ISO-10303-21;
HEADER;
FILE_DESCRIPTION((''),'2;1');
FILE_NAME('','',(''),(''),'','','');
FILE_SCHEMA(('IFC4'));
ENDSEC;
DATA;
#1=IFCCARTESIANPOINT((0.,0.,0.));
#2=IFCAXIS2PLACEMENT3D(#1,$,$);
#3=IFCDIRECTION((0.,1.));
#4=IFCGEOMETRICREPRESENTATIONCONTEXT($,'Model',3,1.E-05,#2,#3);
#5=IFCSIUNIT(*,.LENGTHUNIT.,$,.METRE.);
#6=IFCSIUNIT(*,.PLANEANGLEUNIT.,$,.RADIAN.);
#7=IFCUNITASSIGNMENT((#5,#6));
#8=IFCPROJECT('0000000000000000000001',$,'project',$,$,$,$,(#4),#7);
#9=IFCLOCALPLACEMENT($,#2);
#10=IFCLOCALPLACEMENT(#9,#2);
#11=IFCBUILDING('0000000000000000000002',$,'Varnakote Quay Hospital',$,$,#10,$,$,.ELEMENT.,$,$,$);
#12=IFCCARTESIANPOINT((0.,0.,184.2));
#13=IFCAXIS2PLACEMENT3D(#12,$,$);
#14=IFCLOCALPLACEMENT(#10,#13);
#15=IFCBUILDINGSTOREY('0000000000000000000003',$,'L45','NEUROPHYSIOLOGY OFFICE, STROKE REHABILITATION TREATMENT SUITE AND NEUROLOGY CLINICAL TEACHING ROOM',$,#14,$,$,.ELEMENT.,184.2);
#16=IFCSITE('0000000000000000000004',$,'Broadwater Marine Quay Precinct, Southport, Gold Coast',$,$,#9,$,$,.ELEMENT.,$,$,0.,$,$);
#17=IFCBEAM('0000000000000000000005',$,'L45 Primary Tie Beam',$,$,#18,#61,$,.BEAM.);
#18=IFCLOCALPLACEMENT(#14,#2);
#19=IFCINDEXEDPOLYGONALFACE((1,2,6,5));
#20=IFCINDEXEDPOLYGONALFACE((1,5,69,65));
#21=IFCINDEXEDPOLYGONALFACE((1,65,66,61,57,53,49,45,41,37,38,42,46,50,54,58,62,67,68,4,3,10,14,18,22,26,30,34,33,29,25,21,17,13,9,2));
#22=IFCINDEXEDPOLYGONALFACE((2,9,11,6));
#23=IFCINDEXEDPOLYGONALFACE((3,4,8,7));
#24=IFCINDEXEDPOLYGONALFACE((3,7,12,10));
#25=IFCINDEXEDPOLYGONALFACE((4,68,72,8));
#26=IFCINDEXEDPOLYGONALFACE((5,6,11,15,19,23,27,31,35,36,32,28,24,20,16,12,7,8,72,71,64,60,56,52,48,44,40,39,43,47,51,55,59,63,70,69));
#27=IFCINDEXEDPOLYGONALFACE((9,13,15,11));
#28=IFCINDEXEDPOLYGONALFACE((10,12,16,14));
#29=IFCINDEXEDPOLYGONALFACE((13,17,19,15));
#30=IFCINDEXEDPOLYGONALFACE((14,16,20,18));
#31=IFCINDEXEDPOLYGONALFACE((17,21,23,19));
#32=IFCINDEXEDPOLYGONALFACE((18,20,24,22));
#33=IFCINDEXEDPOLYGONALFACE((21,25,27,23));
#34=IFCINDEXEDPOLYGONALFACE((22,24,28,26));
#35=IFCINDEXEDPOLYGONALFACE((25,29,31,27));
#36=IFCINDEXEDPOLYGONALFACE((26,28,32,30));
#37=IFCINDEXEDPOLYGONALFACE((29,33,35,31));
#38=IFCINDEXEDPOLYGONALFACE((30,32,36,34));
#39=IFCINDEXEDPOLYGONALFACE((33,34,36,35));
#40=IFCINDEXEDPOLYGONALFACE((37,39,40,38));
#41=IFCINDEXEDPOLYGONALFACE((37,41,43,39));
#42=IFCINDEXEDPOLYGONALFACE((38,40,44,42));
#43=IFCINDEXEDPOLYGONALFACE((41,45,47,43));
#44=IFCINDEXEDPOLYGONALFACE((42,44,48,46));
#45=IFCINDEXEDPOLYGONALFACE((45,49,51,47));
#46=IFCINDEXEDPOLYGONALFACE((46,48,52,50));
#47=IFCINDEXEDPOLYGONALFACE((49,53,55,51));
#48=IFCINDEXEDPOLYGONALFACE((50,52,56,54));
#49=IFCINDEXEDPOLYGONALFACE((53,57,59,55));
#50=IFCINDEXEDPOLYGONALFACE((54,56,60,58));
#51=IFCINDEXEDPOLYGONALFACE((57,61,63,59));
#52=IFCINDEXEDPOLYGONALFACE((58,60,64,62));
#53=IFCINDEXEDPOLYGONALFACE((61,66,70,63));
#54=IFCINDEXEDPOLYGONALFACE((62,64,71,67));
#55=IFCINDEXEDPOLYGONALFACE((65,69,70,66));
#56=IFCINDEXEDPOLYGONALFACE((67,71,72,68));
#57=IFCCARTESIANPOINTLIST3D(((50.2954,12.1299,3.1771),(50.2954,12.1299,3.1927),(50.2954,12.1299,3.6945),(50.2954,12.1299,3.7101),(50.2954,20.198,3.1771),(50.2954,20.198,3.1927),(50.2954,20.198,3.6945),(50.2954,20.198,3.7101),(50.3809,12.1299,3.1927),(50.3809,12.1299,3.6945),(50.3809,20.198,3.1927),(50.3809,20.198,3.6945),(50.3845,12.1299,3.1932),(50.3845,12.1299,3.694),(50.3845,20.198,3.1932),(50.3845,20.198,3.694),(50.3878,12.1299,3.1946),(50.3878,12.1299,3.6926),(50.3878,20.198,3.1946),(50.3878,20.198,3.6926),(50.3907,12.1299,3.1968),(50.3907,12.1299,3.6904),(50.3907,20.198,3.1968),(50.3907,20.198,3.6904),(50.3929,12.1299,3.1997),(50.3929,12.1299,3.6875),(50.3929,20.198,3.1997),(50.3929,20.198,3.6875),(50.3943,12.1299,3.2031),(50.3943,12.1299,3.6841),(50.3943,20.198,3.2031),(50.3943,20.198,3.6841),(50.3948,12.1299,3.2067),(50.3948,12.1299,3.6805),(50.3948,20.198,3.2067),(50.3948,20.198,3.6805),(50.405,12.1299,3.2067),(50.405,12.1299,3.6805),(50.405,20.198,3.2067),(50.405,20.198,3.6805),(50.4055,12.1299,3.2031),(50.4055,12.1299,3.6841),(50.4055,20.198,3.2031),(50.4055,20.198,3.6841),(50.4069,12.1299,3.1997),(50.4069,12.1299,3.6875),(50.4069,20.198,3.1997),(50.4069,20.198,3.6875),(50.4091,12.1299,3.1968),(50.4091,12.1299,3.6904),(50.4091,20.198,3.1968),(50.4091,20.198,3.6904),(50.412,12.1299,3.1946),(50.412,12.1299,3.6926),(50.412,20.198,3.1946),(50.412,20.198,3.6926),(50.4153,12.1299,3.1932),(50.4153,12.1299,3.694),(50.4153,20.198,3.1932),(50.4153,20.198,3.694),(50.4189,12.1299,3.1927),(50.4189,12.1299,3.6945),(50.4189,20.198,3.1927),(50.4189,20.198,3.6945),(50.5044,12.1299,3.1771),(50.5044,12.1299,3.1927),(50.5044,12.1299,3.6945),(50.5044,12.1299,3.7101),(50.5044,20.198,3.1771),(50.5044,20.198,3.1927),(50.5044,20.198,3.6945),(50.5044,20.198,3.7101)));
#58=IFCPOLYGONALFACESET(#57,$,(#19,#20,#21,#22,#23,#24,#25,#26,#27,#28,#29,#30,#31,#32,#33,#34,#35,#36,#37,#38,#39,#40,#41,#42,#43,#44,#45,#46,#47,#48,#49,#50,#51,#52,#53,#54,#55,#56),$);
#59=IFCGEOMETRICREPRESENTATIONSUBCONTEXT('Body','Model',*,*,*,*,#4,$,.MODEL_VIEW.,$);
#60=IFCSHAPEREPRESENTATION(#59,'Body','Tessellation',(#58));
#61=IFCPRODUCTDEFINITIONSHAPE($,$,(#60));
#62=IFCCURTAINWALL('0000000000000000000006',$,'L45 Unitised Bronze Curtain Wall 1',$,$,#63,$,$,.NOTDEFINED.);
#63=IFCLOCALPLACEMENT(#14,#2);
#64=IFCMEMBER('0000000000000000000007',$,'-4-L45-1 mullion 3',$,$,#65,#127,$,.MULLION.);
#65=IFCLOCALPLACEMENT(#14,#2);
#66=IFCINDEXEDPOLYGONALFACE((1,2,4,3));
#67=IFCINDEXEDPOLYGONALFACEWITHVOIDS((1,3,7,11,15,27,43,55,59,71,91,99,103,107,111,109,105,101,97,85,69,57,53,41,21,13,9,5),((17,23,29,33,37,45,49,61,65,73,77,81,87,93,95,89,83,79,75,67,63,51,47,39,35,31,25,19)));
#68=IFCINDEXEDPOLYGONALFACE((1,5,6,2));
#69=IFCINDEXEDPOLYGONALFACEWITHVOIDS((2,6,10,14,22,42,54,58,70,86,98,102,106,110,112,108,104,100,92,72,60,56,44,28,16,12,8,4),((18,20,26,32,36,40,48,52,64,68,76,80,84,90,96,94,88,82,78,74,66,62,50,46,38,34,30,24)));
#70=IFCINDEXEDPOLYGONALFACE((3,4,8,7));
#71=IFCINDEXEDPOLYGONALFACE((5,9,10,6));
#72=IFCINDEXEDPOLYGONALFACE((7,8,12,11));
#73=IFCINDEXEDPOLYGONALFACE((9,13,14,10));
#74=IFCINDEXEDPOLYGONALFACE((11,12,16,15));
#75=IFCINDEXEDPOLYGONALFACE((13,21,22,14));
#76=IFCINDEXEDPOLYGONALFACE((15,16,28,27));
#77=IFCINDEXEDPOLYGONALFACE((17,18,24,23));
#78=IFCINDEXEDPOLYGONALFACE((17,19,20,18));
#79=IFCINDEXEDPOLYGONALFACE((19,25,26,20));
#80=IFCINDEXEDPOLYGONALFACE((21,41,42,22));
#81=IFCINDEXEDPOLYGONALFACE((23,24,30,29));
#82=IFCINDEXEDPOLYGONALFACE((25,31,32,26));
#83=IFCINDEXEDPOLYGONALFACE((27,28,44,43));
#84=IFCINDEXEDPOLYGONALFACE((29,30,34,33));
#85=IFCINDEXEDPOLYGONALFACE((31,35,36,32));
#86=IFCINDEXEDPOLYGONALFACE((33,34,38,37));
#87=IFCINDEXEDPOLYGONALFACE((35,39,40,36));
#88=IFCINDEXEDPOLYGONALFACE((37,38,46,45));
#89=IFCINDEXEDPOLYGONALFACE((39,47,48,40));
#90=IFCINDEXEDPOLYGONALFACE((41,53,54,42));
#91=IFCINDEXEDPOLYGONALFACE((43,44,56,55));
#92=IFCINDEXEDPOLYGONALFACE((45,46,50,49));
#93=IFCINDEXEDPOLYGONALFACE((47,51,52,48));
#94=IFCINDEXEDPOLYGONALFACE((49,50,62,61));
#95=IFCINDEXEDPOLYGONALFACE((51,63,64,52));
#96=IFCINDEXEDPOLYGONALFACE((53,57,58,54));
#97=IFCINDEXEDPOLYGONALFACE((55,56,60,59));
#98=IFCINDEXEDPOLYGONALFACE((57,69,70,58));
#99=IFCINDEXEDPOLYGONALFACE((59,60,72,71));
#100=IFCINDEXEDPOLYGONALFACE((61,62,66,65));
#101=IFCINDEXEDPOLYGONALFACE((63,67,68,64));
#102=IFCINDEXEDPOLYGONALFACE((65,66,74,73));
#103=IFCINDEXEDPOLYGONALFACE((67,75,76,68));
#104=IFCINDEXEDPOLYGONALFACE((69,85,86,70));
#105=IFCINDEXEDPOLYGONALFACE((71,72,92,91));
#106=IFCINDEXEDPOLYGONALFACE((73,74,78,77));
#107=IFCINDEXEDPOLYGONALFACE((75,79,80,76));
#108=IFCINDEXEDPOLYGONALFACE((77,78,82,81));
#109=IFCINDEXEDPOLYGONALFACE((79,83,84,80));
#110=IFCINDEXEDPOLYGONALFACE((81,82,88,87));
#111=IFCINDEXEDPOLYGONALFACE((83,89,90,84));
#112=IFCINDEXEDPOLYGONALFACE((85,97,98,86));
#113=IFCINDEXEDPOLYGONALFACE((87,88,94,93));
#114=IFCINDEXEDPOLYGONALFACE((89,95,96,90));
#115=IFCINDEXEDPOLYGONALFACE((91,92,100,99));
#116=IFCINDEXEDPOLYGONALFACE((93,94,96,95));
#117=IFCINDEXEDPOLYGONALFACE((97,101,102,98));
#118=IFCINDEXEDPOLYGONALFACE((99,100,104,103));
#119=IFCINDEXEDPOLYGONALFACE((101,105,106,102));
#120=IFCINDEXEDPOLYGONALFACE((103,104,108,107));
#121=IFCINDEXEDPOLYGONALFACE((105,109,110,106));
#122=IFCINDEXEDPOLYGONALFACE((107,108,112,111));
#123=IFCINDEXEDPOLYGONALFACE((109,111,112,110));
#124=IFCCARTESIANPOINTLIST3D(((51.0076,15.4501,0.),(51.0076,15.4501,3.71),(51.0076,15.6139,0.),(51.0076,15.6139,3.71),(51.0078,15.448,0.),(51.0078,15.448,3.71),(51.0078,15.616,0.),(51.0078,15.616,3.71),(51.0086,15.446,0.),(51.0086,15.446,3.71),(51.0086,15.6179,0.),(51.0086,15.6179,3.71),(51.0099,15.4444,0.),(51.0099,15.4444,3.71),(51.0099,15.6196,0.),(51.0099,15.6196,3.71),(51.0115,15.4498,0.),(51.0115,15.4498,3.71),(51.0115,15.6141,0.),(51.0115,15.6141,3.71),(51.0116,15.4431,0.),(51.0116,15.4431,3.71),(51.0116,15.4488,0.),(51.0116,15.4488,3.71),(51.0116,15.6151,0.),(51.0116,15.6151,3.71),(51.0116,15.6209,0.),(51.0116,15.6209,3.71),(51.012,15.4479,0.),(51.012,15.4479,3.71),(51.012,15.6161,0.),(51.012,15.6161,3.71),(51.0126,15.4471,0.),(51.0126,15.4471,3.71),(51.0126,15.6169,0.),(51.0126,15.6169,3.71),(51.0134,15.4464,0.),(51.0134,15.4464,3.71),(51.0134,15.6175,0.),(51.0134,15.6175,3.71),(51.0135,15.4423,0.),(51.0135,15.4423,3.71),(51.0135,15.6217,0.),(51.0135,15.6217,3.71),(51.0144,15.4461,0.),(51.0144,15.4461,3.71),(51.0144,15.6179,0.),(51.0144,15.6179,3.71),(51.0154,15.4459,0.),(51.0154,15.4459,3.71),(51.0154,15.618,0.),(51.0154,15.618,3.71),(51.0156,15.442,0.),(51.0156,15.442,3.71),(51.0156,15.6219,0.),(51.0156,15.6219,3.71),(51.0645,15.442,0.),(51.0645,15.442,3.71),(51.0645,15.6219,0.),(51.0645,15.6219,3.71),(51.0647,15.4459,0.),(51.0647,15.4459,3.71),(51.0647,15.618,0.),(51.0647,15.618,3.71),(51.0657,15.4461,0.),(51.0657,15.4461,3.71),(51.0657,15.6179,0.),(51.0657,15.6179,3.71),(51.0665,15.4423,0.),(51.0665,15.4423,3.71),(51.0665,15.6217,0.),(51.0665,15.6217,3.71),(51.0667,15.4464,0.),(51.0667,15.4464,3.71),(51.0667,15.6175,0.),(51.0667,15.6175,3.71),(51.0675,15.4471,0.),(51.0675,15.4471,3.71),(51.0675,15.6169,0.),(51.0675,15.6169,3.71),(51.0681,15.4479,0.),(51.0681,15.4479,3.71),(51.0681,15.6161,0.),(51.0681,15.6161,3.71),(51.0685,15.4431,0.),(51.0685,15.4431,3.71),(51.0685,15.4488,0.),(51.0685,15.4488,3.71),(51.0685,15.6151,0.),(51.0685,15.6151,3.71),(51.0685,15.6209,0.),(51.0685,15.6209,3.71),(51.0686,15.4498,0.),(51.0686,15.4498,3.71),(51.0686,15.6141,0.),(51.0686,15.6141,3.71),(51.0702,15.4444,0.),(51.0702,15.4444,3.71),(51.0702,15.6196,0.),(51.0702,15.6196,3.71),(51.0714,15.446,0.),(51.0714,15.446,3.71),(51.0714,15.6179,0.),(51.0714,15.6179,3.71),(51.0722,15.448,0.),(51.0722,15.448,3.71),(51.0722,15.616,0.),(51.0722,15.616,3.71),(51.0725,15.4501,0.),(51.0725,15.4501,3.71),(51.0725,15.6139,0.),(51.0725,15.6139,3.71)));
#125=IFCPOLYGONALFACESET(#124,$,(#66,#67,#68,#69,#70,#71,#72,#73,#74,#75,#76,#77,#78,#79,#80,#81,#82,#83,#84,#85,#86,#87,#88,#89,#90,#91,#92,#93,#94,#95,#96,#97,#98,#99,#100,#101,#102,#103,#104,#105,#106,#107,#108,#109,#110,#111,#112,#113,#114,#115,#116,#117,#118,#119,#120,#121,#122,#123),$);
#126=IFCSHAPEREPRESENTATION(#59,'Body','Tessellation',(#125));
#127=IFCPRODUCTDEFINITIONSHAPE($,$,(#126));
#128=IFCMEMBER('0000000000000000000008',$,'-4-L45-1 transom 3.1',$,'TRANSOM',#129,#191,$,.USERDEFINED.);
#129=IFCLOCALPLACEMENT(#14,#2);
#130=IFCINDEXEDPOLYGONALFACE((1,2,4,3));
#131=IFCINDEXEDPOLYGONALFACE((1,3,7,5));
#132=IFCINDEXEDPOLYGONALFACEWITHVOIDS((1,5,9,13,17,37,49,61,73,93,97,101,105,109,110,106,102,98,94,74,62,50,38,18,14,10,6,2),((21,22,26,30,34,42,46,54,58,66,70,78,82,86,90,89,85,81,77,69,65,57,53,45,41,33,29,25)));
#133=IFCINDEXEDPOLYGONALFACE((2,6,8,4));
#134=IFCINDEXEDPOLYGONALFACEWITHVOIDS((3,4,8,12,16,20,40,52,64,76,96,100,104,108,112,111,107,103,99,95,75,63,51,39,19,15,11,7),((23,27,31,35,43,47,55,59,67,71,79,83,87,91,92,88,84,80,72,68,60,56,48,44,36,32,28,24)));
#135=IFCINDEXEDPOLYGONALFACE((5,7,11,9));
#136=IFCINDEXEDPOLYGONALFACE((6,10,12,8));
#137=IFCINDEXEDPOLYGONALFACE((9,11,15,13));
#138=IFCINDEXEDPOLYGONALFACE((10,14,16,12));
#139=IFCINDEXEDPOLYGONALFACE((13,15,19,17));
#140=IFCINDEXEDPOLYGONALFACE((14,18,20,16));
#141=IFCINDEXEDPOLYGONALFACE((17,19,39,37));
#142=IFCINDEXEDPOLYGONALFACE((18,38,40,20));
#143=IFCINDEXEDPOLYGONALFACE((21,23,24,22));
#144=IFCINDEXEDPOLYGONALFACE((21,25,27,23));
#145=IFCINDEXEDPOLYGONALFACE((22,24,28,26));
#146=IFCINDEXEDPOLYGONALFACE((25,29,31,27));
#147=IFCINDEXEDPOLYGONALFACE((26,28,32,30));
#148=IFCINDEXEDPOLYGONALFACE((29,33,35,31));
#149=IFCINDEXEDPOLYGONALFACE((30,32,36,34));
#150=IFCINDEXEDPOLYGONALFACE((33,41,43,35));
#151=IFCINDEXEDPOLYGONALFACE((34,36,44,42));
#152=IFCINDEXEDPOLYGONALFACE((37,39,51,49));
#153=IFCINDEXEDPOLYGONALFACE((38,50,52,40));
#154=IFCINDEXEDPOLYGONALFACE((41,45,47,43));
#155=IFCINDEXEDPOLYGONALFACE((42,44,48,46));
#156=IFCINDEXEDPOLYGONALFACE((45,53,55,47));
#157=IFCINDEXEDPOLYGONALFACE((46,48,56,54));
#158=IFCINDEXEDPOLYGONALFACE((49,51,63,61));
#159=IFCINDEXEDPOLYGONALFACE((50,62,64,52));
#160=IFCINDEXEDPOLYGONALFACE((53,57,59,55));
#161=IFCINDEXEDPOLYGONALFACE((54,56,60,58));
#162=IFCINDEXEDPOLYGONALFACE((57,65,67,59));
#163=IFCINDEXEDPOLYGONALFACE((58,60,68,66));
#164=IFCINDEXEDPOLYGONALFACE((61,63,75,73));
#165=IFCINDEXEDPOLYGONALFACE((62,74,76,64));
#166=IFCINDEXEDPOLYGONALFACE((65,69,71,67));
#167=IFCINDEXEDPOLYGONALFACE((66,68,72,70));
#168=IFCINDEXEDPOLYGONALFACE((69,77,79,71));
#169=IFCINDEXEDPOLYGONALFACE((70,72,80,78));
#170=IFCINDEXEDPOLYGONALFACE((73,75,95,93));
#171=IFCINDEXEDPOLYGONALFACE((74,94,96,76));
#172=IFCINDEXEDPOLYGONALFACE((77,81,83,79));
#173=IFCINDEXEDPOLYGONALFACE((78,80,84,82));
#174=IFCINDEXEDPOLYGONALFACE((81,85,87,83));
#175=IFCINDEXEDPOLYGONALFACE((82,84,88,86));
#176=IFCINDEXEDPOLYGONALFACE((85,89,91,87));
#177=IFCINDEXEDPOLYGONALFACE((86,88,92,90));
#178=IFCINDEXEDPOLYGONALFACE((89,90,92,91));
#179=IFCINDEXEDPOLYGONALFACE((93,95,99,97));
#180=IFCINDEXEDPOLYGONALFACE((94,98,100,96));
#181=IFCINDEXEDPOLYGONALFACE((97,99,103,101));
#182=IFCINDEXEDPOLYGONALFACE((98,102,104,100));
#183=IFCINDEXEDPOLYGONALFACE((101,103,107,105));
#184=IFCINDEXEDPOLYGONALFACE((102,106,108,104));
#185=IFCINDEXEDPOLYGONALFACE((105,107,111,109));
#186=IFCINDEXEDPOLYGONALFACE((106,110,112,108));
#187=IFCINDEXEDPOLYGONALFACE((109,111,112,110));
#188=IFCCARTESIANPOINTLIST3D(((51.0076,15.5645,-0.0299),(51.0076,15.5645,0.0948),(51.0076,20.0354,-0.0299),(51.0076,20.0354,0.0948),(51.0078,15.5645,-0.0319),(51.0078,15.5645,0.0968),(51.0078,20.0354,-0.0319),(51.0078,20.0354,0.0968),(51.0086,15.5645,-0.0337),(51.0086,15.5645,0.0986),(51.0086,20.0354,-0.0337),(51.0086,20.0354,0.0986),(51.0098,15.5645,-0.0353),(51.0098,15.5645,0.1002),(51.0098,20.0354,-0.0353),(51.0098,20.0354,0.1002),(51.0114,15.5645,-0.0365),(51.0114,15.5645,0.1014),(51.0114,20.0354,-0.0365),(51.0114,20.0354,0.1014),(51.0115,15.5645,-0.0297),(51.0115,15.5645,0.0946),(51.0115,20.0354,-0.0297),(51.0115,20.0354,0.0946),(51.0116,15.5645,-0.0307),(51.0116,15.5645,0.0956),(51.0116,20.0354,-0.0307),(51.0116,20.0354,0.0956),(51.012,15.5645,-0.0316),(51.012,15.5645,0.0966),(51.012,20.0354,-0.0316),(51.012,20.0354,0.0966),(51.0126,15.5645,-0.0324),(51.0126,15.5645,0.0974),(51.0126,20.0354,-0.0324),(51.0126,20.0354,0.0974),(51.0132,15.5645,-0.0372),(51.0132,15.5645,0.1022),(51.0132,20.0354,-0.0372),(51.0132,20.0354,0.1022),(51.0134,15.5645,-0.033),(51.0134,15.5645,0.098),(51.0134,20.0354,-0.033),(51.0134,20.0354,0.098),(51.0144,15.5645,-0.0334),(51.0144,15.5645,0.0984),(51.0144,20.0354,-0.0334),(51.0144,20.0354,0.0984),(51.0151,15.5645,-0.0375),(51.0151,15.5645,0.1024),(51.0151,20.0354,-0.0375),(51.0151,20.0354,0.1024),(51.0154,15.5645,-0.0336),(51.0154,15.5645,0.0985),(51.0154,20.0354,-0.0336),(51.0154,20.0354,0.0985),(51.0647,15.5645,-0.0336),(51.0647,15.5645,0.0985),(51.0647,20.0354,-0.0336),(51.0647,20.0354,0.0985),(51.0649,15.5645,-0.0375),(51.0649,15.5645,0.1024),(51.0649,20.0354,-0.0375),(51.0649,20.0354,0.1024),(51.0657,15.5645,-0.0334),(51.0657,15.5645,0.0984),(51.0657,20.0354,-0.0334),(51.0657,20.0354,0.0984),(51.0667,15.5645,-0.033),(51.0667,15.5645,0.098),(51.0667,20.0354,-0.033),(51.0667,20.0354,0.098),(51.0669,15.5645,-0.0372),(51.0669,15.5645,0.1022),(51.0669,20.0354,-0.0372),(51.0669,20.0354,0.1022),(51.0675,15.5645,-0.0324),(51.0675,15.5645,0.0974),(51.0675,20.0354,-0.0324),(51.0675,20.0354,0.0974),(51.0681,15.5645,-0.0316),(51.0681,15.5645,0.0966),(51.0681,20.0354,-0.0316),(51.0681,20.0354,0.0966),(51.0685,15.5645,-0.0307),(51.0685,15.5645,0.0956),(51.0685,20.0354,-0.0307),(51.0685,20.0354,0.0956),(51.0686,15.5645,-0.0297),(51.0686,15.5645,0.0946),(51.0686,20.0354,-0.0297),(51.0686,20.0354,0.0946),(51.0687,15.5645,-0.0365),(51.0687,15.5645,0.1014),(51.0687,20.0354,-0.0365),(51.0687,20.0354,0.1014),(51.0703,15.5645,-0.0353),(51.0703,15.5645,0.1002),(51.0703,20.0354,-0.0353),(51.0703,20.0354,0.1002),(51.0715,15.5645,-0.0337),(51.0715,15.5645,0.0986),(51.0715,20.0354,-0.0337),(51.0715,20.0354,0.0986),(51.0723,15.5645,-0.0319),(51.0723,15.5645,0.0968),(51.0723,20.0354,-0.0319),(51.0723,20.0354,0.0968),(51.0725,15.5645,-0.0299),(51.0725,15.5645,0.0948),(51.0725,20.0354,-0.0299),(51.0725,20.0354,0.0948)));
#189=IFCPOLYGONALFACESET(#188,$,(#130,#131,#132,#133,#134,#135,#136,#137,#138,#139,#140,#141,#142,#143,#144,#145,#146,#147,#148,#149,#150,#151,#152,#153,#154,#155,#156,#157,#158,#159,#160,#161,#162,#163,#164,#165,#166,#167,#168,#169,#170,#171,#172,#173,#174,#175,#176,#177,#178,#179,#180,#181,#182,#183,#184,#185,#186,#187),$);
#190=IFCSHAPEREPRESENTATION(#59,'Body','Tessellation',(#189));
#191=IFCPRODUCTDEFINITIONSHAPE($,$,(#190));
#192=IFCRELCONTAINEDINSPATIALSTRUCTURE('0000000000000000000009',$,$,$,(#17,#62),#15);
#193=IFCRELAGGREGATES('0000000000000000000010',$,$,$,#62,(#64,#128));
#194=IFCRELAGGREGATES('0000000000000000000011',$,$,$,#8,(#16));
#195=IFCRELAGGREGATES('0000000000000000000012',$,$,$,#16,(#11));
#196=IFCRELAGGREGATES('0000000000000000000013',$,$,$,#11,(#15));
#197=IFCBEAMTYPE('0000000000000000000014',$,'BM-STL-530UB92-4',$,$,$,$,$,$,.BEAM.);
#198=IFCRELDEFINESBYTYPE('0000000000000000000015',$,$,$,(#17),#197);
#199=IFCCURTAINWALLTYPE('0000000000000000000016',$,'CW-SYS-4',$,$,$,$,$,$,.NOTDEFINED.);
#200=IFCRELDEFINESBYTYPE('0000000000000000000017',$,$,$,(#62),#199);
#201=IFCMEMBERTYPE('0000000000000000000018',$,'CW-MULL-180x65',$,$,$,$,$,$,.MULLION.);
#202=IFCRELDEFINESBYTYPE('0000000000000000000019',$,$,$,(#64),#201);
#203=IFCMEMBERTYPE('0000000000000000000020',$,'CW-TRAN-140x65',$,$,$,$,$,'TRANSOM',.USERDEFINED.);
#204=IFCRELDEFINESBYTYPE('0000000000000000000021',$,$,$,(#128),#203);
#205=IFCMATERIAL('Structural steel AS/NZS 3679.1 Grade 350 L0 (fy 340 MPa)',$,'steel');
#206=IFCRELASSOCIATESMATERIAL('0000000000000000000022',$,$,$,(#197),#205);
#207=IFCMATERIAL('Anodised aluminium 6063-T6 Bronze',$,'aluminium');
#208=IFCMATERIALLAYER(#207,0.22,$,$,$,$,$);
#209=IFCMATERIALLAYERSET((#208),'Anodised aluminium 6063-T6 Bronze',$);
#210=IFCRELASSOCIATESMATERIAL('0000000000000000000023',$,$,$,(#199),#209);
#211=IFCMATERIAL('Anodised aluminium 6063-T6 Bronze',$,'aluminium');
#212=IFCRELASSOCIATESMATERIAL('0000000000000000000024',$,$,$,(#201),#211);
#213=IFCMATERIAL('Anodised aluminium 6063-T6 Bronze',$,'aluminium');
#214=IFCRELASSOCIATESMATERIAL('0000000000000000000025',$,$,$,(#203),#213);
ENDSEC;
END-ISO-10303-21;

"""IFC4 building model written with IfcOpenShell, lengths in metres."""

from ifc_helpers import new_model, si_unit, direction, frame, origin, origin_2d, place, context, subcontext, project, spatial, hollow_rectangle, i_section, extrude, material, layer, layer_set, material_profile, profile_set, type_object, element, aggregate, save


model = new_model("IFC4")

# Units and contexts
model_context = context("Model", 3, precision=1e-05, world=origin(), true_north=direction((0.0, 1.0)))
body_context = subcontext(model_context, "Body", "Model", "MODEL_VIEW")
ifc_project = project(units=[si_unit("LENGTHUNIT", "METRE"), si_unit("PLANEANGLEUNIT", "RADIAN")], contexts=[model_context])

# Site, building, storey
site_placement = place(None, origin())
site = spatial("IfcSite", under=ifc_project, at=site_placement, Name="Broadwater Marine Quay Precinct, Southport, Gold Coast", CompositionType="ELEMENT", RefElevation=0.0)
building_placement = place(site_placement, origin())
building = spatial("IfcBuilding", under=site, at=building_placement, Name="Varnakote Quay Hospital", CompositionType="ELEMENT")
storey_placement = place(building_placement, frame((0.0, 0.0, 184.2)))
storey = spatial("IfcBuildingStorey", under=building, at=storey_placement, Name="L45", Description="NEUROPHYSIOLOGY OFFICE, STROKE REHABILITATION TREATMENT SUITE AND NEUROLOGY CLINICAL TEACHING ROOM", CompositionType="ELEMENT", Elevation=184.2)

# Beam
ifc_material_1 = material(Name="Structural steel AS/NZS 3679.1 Grade 350 L0 (fy 340 MPa)", Category="steel")
ifc_material_profile_1 = material_profile(ifc_material_1, i_section(OverallWidth=0.209, OverallDepth=0.533, WebThickness=0.0103, FlangeThickness=0.0156, FilletRadius=0.0139, at=origin_2d()), Name="530UB92.4")
ifc_profile_set_1 = profile_set([ifc_material_profile_1], Name="Structural steel AS/NZS 3679.1 Grade 350 L0 (fy 340 MPa)")
beam_type_1 = type_object("IfcBeamType", Name="BM-STL-530UB92-4", PredefinedType="BEAM", material=ifc_profile_set_1)
beam_1_placement = place(storey_placement, frame((50.3999, 12.1299, 3.4436), z_axis=(0.0, 1.0, 0.0), x_axis=(-1.0, 0.0, 0.0)))
element("IfcBeam", 1, at=beam_1_placement, inside=storey, type_object=beam_type_1, Name="L45 Primary Tie Beam", PredefinedType="BEAM", context=body_context, shape_type="SweptSolid", body=[
    extrude(i_section(OverallWidth=0.209, OverallDepth=0.533, WebThickness=0.0103, FlangeThickness=0.0156, FilletRadius=0.0139, at=origin_2d()), origin(), (0.0, 0.0, 1.0), 8.0681),
])

# Curtain wall, members
ifc_material_2 = material(Name="Anodised aluminium 6063-T6 Bronze", Category="aluminium")
ifc_layer_1 = layer(ifc_material_2, 0.22)
ifc_layer_set_1 = layer_set([ifc_layer_1], Name="Anodised aluminium 6063-T6 Bronze")
curtain_wall_type = type_object("IfcCurtainWallType", Name="CW-SYS-4", PredefinedType="NOTDEFINED", material=ifc_layer_set_1)
curtain_wall_placement = place(storey_placement, origin())
curtain_wall = element("IfcCurtainWall", 2, at=curtain_wall_placement, inside=storey, type_object=curtain_wall_type, Name="L45 Unitised Bronze Curtain Wall 1", PredefinedType="NOTDEFINED")
ifc_material_3 = material(Name="Anodised aluminium 6063-T6 Bronze", Category="aluminium")
ifc_material_profile_2 = material_profile(ifc_material_3, hollow_rectangle(XDim=0.0649, YDim=0.1799, WallThickness=0.0039, InnerFilletRadius=0.0039, OuterFilletRadius=0.0081, at=origin_2d()), Name="CW-MULL-180x65")
ifc_profile_set_2 = profile_set([ifc_material_profile_2], Name="Anodised aluminium 6063-T6 Bronze")
member_type_1 = type_object("IfcMemberType", Name="CW-MULL-180x65", PredefinedType="MULLION", material=ifc_profile_set_2)
member_1_placement = place(storey_placement, frame((51.04, 15.532, 0.0), z_axis=(0.0, 0.0, 1.0), x_axis=(-1.0, 0.0, 0.0)))
member_1 = element("IfcMember", 3, at=member_1_placement, type_object=member_type_1, Name="-4-L45-1 mullion 3", PredefinedType="MULLION", context=body_context, shape_type="SweptSolid", body=[
    extrude(hollow_rectangle(XDim=0.0649, YDim=0.1799, WallThickness=0.0039, InnerFilletRadius=0.0039, OuterFilletRadius=0.0081, at=origin_2d()), origin(), (0.0, 0.0, 1.0), 3.71),
])
ifc_material_4 = material(Name="Anodised aluminium 6063-T6 Bronze", Category="aluminium")
ifc_material_profile_3 = material_profile(ifc_material_4, hollow_rectangle(XDim=0.0649, YDim=0.1399, WallThickness=0.0039, InnerFilletRadius=0.0039, OuterFilletRadius=0.0076, at=origin_2d()), Name="CW-TRAN-140x65")
ifc_profile_set_3 = profile_set([ifc_material_profile_3], Name="Anodised aluminium 6063-T6 Bronze")
member_type_2 = type_object("IfcMemberType", Name="CW-TRAN-140x65", ElementType="TRANSOM", PredefinedType="USERDEFINED", material=ifc_profile_set_3)
member_2_placement = place(storey_placement, frame((51.04, 15.5645, 0.0325), z_axis=(0.0, 1.0, 0.0), x_axis=(-1.0, 0.0, 0.0)))
member_2 = element("IfcMember", 4, at=member_2_placement, type_object=member_type_2, Name="-4-L45-1 transom 3.1", ObjectType="TRANSOM", PredefinedType="USERDEFINED", context=body_context, shape_type="SweptSolid", body=[
    extrude(hollow_rectangle(XDim=0.0649, YDim=0.1399, WallThickness=0.0039, InnerFilletRadius=0.0039, OuterFilletRadius=0.0076, at=origin_2d()), origin(), (0.0, 0.0, 1.0), 4.4709),
])

aggregate(curtain_wall, [member_1, member_2])

save(model, "model.ifc")
